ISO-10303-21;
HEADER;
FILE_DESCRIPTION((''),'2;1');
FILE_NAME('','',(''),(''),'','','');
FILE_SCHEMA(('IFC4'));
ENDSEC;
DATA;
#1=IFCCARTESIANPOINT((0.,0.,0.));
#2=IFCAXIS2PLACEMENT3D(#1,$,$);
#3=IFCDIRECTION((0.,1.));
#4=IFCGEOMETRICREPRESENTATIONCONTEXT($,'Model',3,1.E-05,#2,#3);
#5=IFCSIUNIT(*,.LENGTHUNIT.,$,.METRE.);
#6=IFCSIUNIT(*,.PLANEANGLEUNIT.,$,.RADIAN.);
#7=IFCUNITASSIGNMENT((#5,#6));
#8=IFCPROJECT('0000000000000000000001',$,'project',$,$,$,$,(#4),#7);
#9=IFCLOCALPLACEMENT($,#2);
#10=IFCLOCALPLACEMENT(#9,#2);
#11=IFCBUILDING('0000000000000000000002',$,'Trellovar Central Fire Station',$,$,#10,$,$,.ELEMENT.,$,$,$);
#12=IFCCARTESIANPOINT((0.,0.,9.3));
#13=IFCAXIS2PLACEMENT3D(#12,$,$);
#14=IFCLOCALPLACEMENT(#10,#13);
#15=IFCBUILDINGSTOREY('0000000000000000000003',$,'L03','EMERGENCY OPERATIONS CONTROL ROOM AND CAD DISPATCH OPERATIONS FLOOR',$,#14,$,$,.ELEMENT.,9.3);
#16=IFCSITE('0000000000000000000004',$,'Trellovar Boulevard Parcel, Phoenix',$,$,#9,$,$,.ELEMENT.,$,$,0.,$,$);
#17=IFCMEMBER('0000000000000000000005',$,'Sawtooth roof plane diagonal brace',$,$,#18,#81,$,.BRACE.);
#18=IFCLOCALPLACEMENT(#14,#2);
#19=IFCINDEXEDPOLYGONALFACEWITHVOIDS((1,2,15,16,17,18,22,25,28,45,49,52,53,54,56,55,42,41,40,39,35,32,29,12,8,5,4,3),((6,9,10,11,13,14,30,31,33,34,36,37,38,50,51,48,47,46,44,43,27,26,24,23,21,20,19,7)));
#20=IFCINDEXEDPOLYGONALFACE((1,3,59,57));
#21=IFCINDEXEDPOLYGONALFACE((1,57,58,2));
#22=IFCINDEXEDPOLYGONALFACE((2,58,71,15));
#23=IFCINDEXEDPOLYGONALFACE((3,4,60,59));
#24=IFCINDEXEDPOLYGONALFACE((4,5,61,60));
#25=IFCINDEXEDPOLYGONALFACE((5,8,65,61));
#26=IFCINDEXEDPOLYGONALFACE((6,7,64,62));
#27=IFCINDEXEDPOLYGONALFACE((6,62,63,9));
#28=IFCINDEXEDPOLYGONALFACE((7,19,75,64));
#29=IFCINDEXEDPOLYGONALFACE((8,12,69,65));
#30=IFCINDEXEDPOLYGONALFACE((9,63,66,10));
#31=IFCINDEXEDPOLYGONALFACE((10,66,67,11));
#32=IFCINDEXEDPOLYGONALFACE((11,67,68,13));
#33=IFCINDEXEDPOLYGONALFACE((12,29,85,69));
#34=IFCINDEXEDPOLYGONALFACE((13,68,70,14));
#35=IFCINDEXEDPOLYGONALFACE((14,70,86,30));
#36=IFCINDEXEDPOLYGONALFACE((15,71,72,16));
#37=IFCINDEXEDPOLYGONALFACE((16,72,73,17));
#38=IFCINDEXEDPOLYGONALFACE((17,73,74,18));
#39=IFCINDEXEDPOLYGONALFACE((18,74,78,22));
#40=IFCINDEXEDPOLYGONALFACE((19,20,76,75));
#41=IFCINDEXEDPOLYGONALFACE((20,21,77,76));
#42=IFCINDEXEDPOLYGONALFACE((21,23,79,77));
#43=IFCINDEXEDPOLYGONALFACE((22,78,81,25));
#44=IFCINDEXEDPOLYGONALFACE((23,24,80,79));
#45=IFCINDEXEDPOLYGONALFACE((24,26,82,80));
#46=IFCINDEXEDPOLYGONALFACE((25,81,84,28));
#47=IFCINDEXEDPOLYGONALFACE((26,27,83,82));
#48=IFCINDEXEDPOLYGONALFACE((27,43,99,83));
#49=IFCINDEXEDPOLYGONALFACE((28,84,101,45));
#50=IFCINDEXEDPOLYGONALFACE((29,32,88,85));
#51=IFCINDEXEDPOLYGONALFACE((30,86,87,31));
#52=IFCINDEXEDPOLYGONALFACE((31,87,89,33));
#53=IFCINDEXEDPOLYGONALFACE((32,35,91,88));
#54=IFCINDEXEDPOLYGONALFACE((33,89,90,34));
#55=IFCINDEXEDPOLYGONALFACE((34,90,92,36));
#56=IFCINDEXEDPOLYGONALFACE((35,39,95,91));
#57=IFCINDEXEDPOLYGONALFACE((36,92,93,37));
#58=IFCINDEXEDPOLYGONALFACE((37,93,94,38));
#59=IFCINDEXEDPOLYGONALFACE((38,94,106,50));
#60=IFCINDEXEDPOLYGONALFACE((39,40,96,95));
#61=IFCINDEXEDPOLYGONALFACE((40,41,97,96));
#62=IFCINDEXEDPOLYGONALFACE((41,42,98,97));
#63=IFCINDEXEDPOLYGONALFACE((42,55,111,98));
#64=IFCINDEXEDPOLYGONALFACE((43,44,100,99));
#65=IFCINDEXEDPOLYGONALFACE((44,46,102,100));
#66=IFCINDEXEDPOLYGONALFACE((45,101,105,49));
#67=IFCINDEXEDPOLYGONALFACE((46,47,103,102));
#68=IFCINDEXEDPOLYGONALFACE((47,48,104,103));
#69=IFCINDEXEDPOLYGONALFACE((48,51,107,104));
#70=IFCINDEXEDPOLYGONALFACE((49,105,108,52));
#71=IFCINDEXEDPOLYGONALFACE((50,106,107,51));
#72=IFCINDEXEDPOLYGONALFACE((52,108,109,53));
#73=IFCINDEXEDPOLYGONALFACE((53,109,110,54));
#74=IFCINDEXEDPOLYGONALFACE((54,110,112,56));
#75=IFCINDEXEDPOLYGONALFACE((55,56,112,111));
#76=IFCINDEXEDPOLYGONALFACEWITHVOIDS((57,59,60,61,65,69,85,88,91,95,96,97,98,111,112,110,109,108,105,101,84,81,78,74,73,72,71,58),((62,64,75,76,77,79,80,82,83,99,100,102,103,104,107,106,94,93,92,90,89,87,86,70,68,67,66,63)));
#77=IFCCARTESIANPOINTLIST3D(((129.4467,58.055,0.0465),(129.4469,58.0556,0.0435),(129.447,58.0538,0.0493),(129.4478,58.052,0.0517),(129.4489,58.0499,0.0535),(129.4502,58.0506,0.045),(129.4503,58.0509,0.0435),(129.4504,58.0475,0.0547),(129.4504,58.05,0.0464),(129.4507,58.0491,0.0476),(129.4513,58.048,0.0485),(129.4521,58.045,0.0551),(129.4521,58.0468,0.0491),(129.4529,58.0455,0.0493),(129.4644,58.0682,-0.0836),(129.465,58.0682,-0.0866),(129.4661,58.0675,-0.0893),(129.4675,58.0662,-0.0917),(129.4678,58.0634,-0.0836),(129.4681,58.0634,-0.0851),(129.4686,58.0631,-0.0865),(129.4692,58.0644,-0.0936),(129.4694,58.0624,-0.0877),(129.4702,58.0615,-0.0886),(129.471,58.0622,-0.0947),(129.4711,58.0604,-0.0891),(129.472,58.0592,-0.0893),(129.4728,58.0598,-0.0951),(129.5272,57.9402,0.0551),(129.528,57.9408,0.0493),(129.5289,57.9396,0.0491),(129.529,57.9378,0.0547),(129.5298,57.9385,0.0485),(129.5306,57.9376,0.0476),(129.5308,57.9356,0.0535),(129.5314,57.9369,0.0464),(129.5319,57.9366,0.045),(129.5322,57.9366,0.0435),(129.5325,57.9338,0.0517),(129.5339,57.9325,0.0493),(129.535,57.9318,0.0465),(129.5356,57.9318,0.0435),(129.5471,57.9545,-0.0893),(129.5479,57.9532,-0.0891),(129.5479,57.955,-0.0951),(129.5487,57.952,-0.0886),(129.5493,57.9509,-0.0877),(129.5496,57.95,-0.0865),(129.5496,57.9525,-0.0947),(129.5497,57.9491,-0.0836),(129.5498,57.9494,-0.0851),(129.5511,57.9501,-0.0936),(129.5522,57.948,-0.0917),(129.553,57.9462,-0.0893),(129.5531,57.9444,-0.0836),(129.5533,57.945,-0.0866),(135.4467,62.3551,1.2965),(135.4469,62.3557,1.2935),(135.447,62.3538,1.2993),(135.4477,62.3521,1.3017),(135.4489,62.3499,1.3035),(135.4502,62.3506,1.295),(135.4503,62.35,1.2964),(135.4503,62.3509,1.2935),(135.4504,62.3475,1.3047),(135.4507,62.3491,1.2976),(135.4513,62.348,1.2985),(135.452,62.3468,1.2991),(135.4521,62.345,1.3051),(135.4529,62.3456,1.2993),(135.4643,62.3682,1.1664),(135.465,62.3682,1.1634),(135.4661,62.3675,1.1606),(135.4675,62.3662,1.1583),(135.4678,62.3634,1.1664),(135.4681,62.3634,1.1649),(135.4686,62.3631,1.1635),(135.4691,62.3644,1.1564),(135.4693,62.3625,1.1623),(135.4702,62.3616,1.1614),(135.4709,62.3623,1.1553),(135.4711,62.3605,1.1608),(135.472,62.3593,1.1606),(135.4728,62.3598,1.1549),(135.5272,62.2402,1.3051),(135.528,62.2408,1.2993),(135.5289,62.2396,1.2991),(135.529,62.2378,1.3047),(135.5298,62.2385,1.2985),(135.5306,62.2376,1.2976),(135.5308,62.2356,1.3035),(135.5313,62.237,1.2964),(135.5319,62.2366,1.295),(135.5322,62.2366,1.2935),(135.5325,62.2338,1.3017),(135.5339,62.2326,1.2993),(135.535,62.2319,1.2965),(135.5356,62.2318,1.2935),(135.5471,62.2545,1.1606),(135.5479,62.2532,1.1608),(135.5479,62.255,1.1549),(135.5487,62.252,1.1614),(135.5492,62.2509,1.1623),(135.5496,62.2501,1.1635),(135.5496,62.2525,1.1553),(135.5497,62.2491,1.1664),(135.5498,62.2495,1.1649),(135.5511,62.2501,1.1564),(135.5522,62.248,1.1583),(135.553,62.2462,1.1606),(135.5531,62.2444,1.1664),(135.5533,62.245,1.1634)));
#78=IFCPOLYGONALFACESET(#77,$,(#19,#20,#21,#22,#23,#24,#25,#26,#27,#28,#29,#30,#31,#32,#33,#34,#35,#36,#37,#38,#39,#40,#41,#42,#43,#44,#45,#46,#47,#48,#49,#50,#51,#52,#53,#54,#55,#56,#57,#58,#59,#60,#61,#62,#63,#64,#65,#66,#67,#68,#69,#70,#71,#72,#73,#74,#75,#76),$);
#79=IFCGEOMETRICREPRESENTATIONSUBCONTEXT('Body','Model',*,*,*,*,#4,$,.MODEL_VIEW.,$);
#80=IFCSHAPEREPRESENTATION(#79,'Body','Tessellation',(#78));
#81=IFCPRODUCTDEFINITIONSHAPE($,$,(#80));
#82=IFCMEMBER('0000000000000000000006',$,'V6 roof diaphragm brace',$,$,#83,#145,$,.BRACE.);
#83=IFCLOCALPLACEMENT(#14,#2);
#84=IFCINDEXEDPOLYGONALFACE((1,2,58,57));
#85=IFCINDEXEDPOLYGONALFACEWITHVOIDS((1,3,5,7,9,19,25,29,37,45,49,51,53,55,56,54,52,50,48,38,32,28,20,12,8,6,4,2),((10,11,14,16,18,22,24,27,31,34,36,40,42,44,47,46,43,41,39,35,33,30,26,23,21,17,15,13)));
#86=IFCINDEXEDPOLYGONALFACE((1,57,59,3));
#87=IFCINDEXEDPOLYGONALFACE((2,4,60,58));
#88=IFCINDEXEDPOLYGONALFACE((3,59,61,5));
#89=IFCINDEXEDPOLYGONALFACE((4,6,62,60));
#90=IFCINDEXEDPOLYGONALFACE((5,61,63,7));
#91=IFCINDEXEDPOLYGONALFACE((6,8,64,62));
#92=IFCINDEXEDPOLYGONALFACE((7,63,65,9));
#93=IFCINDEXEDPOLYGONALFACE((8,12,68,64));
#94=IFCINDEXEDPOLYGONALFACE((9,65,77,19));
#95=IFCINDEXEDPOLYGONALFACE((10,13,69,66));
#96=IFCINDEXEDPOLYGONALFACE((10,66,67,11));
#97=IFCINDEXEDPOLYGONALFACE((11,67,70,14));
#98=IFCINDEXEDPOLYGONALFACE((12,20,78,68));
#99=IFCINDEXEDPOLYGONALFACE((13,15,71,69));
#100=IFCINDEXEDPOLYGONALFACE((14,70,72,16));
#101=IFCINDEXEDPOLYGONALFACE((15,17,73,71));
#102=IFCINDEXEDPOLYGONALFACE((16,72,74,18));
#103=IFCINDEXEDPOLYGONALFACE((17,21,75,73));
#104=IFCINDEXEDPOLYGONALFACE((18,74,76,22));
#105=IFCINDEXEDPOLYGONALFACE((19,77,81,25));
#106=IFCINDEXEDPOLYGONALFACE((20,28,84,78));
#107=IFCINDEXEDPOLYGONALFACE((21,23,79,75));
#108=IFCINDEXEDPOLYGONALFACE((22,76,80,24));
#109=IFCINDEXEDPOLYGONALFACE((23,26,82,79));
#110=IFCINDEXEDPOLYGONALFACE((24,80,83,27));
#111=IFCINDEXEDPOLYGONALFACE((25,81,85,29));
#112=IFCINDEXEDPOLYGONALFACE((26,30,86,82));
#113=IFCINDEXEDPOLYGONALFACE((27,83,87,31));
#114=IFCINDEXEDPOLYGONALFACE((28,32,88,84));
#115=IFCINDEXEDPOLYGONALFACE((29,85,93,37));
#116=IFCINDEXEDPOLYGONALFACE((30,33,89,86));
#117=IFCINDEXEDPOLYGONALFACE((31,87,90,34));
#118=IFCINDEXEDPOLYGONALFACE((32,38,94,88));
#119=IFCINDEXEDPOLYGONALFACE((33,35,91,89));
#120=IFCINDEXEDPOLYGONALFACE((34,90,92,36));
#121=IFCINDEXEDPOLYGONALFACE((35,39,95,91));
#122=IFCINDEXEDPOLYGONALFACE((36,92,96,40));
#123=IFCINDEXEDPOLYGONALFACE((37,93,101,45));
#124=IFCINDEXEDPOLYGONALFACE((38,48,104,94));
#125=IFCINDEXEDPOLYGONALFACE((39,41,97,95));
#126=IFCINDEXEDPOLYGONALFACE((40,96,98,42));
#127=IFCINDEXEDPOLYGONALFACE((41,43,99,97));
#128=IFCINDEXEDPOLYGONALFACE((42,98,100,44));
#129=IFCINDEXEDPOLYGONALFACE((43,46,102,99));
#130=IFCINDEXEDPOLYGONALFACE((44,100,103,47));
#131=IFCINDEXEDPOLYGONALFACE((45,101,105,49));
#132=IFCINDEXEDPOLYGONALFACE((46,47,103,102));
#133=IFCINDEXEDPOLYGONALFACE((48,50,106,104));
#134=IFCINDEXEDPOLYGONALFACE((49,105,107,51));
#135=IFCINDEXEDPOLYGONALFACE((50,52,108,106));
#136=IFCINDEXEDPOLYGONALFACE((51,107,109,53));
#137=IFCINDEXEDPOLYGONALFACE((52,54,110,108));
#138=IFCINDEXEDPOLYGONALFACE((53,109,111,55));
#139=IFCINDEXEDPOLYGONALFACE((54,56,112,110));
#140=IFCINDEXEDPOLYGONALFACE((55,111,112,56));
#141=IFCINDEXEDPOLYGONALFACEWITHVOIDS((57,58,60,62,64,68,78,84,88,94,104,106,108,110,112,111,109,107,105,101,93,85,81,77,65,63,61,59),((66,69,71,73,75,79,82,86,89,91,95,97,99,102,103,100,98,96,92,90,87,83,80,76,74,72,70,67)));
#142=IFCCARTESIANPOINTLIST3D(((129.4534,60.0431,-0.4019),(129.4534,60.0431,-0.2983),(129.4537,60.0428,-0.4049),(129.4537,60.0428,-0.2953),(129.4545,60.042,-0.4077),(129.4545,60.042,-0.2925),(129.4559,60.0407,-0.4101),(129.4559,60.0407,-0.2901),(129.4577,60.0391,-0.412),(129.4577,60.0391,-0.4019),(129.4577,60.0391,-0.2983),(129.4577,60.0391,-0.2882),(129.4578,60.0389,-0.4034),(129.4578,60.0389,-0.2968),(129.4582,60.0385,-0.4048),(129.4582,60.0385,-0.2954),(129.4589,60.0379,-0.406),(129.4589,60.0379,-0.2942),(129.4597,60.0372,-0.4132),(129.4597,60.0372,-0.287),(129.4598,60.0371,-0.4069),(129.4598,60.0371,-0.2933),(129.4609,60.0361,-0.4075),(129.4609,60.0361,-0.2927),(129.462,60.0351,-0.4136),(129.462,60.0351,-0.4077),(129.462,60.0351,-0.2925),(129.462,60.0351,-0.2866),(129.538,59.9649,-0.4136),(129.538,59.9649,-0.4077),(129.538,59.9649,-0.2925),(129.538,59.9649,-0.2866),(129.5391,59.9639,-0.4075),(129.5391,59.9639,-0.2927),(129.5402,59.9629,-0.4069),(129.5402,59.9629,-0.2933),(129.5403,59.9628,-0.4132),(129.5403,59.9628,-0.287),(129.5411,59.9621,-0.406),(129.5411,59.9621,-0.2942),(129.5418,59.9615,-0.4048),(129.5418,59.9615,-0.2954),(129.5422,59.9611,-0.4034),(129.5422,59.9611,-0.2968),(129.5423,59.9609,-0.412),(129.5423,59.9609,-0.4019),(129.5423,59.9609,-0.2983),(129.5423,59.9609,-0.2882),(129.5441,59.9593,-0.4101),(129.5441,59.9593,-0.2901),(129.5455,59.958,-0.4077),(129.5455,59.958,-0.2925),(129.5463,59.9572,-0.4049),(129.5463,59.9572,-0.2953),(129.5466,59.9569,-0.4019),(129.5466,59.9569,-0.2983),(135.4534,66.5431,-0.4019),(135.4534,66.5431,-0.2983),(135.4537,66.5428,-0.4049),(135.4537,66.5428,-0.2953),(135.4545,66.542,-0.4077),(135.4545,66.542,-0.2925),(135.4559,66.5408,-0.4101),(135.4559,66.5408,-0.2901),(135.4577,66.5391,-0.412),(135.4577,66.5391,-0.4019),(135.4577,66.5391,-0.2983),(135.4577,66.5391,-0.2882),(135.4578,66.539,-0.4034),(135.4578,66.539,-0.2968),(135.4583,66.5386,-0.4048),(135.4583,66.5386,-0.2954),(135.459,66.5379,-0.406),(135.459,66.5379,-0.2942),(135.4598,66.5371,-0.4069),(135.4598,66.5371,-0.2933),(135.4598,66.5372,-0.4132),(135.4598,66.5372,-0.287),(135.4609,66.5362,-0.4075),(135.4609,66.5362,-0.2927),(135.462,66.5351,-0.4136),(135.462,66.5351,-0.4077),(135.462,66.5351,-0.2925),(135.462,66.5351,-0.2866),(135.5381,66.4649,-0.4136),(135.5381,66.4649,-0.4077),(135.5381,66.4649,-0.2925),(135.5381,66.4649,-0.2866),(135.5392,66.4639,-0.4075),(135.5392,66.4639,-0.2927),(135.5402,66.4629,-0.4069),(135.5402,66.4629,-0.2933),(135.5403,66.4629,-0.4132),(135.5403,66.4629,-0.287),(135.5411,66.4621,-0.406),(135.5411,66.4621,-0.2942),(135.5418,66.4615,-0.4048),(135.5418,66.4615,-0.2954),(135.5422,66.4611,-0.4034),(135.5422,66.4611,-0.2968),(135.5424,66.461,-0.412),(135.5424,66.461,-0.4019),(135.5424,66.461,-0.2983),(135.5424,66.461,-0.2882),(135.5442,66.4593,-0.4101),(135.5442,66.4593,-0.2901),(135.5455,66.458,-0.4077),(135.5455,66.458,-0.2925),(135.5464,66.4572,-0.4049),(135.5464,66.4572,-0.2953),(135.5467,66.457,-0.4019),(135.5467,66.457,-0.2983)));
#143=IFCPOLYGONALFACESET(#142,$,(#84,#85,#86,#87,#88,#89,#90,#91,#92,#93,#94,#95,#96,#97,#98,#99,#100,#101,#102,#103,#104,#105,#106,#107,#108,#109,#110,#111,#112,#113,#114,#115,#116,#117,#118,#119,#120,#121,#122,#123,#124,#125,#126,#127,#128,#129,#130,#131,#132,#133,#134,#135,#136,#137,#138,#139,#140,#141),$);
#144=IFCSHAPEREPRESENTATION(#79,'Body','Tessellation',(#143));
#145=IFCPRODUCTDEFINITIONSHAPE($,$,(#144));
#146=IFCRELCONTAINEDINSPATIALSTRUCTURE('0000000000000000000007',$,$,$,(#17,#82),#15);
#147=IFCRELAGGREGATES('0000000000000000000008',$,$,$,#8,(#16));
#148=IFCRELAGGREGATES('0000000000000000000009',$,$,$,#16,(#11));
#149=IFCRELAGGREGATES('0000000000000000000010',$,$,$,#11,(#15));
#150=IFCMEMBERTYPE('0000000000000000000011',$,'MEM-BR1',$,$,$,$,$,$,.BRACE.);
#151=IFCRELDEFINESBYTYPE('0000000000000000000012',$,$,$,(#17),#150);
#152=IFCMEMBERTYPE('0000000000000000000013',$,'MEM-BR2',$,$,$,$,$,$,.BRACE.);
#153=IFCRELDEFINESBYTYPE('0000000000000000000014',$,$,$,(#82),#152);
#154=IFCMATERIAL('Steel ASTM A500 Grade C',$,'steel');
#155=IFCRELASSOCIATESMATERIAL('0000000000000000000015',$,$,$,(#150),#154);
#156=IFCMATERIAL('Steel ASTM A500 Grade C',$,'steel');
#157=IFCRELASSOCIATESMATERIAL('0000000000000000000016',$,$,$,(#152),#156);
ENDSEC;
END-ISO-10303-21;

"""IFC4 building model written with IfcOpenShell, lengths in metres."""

from ifc_helpers import new_model, si_unit, direction, frame, origin, origin_2d, place, context, subcontext, project, spatial, hollow_rectangle, extrude, material, material_profile, profile_set, type_object, element, save


model = new_model("IFC4")

# Units and contexts
model_context = context("Model", 3, precision=1e-05, world=origin(), true_north=direction((0.0, 1.0)))
body_context = subcontext(model_context, "Body", "Model", "MODEL_VIEW")
ifc_project = project(units=[si_unit("LENGTHUNIT", "METRE"), si_unit("PLANEANGLEUNIT", "RADIAN")], contexts=[model_context])

# Site, building, storey
site_placement = place(None, origin())
site = spatial("IfcSite", under=ifc_project, at=site_placement, Name="Trellovar Boulevard Parcel, Phoenix", CompositionType="ELEMENT", RefElevation=0.0)
building_placement = place(site_placement, origin())
building = spatial("IfcBuilding", under=site, at=building_placement, Name="Trellovar Central Fire Station", CompositionType="ELEMENT")
storey_placement = place(building_placement, frame((0.0, 0.0, 9.3)))
storey = spatial("IfcBuildingStorey", under=building, at=storey_placement, Name="L03", Description="EMERGENCY OPERATIONS CONTROL ROOM AND CAD DISPATCH OPERATIONS FLOOR", CompositionType="ELEMENT", Elevation=9.3)

# Members
ifc_material_1 = material(Name="Steel ASTM A500 Grade C", Category="steel")
ifc_material_profile_1 = material_profile(ifc_material_1, hollow_rectangle(XDim=0.1523, YDim=0.1523, WallThickness=0.0059, InnerFilletRadius=0.0059, OuterFilletRadius=0.0117, at=origin_2d()), Name="HSS6X6X1/4")
ifc_profile_set_1 = profile_set([ifc_material_profile_1], Name="Steel ASTM A500 Grade C")
member_type_1 = type_object("IfcMemberType", Name="MEM-BR1", PredefinedType="BRACE", material=ifc_profile_set_1)
for number, where, z_axis, x_axis, name in (
    (1, (129.5, 58.0, -0.02), (0.801405, 0.574347, 0.166959), (-0.582523, 0.812814, 0.0), "Sawtooth roof plane diagonal brace"),
):
    element("IfcMember", number, at=place(storey_placement, frame(where, z_axis=z_axis, x_axis=x_axis)), inside=storey, type_object=member_type_1, Name=name, PredefinedType="BRACE", context=body_context, shape_type="SweptSolid", body=[
        extrude(hollow_rectangle(XDim=0.1523, YDim=0.1523, WallThickness=0.0059, InnerFilletRadius=0.0059, OuterFilletRadius=0.0117, at=origin_2d()), origin(), (0.0, 0.0, 1.0), 7.4868),
    ])
ifc_material_2 = material(Name="Steel ASTM A500 Grade C", Category="steel")
ifc_material_profile_2 = material_profile(ifc_material_2, hollow_rectangle(XDim=0.127, YDim=0.127, WallThickness=0.0059, InnerFilletRadius=0.0059, OuterFilletRadius=0.0117, at=origin_2d()), Name="HSS5X5X1/4")
ifc_profile_set_2 = profile_set([ifc_material_profile_2], Name="Steel ASTM A500 Grade C")
member_type_2 = type_object("IfcMemberType", Name="MEM-BR2", PredefinedType="BRACE", material=ifc_profile_set_2)
member_1_placement = place(storey_placement, frame((129.5, 60.0, -0.3501), z_axis=(0.67828, 0.734803, 0.0), x_axis=(-0.734803, 0.67828, 0.0)))
element("IfcMember", 2, at=member_1_placement, inside=storey, type_object=member_type_2, Name="V6 roof diaphragm brace", PredefinedType="BRACE", context=body_context, shape_type="SweptSolid", body=[
    extrude(hollow_rectangle(XDim=0.127, YDim=0.127, WallThickness=0.0059, InnerFilletRadius=0.0059, OuterFilletRadius=0.0117, at=origin_2d()), origin(), (0.0, 0.0, 1.0), 8.8459),
])

save(model, "model.ifc")
